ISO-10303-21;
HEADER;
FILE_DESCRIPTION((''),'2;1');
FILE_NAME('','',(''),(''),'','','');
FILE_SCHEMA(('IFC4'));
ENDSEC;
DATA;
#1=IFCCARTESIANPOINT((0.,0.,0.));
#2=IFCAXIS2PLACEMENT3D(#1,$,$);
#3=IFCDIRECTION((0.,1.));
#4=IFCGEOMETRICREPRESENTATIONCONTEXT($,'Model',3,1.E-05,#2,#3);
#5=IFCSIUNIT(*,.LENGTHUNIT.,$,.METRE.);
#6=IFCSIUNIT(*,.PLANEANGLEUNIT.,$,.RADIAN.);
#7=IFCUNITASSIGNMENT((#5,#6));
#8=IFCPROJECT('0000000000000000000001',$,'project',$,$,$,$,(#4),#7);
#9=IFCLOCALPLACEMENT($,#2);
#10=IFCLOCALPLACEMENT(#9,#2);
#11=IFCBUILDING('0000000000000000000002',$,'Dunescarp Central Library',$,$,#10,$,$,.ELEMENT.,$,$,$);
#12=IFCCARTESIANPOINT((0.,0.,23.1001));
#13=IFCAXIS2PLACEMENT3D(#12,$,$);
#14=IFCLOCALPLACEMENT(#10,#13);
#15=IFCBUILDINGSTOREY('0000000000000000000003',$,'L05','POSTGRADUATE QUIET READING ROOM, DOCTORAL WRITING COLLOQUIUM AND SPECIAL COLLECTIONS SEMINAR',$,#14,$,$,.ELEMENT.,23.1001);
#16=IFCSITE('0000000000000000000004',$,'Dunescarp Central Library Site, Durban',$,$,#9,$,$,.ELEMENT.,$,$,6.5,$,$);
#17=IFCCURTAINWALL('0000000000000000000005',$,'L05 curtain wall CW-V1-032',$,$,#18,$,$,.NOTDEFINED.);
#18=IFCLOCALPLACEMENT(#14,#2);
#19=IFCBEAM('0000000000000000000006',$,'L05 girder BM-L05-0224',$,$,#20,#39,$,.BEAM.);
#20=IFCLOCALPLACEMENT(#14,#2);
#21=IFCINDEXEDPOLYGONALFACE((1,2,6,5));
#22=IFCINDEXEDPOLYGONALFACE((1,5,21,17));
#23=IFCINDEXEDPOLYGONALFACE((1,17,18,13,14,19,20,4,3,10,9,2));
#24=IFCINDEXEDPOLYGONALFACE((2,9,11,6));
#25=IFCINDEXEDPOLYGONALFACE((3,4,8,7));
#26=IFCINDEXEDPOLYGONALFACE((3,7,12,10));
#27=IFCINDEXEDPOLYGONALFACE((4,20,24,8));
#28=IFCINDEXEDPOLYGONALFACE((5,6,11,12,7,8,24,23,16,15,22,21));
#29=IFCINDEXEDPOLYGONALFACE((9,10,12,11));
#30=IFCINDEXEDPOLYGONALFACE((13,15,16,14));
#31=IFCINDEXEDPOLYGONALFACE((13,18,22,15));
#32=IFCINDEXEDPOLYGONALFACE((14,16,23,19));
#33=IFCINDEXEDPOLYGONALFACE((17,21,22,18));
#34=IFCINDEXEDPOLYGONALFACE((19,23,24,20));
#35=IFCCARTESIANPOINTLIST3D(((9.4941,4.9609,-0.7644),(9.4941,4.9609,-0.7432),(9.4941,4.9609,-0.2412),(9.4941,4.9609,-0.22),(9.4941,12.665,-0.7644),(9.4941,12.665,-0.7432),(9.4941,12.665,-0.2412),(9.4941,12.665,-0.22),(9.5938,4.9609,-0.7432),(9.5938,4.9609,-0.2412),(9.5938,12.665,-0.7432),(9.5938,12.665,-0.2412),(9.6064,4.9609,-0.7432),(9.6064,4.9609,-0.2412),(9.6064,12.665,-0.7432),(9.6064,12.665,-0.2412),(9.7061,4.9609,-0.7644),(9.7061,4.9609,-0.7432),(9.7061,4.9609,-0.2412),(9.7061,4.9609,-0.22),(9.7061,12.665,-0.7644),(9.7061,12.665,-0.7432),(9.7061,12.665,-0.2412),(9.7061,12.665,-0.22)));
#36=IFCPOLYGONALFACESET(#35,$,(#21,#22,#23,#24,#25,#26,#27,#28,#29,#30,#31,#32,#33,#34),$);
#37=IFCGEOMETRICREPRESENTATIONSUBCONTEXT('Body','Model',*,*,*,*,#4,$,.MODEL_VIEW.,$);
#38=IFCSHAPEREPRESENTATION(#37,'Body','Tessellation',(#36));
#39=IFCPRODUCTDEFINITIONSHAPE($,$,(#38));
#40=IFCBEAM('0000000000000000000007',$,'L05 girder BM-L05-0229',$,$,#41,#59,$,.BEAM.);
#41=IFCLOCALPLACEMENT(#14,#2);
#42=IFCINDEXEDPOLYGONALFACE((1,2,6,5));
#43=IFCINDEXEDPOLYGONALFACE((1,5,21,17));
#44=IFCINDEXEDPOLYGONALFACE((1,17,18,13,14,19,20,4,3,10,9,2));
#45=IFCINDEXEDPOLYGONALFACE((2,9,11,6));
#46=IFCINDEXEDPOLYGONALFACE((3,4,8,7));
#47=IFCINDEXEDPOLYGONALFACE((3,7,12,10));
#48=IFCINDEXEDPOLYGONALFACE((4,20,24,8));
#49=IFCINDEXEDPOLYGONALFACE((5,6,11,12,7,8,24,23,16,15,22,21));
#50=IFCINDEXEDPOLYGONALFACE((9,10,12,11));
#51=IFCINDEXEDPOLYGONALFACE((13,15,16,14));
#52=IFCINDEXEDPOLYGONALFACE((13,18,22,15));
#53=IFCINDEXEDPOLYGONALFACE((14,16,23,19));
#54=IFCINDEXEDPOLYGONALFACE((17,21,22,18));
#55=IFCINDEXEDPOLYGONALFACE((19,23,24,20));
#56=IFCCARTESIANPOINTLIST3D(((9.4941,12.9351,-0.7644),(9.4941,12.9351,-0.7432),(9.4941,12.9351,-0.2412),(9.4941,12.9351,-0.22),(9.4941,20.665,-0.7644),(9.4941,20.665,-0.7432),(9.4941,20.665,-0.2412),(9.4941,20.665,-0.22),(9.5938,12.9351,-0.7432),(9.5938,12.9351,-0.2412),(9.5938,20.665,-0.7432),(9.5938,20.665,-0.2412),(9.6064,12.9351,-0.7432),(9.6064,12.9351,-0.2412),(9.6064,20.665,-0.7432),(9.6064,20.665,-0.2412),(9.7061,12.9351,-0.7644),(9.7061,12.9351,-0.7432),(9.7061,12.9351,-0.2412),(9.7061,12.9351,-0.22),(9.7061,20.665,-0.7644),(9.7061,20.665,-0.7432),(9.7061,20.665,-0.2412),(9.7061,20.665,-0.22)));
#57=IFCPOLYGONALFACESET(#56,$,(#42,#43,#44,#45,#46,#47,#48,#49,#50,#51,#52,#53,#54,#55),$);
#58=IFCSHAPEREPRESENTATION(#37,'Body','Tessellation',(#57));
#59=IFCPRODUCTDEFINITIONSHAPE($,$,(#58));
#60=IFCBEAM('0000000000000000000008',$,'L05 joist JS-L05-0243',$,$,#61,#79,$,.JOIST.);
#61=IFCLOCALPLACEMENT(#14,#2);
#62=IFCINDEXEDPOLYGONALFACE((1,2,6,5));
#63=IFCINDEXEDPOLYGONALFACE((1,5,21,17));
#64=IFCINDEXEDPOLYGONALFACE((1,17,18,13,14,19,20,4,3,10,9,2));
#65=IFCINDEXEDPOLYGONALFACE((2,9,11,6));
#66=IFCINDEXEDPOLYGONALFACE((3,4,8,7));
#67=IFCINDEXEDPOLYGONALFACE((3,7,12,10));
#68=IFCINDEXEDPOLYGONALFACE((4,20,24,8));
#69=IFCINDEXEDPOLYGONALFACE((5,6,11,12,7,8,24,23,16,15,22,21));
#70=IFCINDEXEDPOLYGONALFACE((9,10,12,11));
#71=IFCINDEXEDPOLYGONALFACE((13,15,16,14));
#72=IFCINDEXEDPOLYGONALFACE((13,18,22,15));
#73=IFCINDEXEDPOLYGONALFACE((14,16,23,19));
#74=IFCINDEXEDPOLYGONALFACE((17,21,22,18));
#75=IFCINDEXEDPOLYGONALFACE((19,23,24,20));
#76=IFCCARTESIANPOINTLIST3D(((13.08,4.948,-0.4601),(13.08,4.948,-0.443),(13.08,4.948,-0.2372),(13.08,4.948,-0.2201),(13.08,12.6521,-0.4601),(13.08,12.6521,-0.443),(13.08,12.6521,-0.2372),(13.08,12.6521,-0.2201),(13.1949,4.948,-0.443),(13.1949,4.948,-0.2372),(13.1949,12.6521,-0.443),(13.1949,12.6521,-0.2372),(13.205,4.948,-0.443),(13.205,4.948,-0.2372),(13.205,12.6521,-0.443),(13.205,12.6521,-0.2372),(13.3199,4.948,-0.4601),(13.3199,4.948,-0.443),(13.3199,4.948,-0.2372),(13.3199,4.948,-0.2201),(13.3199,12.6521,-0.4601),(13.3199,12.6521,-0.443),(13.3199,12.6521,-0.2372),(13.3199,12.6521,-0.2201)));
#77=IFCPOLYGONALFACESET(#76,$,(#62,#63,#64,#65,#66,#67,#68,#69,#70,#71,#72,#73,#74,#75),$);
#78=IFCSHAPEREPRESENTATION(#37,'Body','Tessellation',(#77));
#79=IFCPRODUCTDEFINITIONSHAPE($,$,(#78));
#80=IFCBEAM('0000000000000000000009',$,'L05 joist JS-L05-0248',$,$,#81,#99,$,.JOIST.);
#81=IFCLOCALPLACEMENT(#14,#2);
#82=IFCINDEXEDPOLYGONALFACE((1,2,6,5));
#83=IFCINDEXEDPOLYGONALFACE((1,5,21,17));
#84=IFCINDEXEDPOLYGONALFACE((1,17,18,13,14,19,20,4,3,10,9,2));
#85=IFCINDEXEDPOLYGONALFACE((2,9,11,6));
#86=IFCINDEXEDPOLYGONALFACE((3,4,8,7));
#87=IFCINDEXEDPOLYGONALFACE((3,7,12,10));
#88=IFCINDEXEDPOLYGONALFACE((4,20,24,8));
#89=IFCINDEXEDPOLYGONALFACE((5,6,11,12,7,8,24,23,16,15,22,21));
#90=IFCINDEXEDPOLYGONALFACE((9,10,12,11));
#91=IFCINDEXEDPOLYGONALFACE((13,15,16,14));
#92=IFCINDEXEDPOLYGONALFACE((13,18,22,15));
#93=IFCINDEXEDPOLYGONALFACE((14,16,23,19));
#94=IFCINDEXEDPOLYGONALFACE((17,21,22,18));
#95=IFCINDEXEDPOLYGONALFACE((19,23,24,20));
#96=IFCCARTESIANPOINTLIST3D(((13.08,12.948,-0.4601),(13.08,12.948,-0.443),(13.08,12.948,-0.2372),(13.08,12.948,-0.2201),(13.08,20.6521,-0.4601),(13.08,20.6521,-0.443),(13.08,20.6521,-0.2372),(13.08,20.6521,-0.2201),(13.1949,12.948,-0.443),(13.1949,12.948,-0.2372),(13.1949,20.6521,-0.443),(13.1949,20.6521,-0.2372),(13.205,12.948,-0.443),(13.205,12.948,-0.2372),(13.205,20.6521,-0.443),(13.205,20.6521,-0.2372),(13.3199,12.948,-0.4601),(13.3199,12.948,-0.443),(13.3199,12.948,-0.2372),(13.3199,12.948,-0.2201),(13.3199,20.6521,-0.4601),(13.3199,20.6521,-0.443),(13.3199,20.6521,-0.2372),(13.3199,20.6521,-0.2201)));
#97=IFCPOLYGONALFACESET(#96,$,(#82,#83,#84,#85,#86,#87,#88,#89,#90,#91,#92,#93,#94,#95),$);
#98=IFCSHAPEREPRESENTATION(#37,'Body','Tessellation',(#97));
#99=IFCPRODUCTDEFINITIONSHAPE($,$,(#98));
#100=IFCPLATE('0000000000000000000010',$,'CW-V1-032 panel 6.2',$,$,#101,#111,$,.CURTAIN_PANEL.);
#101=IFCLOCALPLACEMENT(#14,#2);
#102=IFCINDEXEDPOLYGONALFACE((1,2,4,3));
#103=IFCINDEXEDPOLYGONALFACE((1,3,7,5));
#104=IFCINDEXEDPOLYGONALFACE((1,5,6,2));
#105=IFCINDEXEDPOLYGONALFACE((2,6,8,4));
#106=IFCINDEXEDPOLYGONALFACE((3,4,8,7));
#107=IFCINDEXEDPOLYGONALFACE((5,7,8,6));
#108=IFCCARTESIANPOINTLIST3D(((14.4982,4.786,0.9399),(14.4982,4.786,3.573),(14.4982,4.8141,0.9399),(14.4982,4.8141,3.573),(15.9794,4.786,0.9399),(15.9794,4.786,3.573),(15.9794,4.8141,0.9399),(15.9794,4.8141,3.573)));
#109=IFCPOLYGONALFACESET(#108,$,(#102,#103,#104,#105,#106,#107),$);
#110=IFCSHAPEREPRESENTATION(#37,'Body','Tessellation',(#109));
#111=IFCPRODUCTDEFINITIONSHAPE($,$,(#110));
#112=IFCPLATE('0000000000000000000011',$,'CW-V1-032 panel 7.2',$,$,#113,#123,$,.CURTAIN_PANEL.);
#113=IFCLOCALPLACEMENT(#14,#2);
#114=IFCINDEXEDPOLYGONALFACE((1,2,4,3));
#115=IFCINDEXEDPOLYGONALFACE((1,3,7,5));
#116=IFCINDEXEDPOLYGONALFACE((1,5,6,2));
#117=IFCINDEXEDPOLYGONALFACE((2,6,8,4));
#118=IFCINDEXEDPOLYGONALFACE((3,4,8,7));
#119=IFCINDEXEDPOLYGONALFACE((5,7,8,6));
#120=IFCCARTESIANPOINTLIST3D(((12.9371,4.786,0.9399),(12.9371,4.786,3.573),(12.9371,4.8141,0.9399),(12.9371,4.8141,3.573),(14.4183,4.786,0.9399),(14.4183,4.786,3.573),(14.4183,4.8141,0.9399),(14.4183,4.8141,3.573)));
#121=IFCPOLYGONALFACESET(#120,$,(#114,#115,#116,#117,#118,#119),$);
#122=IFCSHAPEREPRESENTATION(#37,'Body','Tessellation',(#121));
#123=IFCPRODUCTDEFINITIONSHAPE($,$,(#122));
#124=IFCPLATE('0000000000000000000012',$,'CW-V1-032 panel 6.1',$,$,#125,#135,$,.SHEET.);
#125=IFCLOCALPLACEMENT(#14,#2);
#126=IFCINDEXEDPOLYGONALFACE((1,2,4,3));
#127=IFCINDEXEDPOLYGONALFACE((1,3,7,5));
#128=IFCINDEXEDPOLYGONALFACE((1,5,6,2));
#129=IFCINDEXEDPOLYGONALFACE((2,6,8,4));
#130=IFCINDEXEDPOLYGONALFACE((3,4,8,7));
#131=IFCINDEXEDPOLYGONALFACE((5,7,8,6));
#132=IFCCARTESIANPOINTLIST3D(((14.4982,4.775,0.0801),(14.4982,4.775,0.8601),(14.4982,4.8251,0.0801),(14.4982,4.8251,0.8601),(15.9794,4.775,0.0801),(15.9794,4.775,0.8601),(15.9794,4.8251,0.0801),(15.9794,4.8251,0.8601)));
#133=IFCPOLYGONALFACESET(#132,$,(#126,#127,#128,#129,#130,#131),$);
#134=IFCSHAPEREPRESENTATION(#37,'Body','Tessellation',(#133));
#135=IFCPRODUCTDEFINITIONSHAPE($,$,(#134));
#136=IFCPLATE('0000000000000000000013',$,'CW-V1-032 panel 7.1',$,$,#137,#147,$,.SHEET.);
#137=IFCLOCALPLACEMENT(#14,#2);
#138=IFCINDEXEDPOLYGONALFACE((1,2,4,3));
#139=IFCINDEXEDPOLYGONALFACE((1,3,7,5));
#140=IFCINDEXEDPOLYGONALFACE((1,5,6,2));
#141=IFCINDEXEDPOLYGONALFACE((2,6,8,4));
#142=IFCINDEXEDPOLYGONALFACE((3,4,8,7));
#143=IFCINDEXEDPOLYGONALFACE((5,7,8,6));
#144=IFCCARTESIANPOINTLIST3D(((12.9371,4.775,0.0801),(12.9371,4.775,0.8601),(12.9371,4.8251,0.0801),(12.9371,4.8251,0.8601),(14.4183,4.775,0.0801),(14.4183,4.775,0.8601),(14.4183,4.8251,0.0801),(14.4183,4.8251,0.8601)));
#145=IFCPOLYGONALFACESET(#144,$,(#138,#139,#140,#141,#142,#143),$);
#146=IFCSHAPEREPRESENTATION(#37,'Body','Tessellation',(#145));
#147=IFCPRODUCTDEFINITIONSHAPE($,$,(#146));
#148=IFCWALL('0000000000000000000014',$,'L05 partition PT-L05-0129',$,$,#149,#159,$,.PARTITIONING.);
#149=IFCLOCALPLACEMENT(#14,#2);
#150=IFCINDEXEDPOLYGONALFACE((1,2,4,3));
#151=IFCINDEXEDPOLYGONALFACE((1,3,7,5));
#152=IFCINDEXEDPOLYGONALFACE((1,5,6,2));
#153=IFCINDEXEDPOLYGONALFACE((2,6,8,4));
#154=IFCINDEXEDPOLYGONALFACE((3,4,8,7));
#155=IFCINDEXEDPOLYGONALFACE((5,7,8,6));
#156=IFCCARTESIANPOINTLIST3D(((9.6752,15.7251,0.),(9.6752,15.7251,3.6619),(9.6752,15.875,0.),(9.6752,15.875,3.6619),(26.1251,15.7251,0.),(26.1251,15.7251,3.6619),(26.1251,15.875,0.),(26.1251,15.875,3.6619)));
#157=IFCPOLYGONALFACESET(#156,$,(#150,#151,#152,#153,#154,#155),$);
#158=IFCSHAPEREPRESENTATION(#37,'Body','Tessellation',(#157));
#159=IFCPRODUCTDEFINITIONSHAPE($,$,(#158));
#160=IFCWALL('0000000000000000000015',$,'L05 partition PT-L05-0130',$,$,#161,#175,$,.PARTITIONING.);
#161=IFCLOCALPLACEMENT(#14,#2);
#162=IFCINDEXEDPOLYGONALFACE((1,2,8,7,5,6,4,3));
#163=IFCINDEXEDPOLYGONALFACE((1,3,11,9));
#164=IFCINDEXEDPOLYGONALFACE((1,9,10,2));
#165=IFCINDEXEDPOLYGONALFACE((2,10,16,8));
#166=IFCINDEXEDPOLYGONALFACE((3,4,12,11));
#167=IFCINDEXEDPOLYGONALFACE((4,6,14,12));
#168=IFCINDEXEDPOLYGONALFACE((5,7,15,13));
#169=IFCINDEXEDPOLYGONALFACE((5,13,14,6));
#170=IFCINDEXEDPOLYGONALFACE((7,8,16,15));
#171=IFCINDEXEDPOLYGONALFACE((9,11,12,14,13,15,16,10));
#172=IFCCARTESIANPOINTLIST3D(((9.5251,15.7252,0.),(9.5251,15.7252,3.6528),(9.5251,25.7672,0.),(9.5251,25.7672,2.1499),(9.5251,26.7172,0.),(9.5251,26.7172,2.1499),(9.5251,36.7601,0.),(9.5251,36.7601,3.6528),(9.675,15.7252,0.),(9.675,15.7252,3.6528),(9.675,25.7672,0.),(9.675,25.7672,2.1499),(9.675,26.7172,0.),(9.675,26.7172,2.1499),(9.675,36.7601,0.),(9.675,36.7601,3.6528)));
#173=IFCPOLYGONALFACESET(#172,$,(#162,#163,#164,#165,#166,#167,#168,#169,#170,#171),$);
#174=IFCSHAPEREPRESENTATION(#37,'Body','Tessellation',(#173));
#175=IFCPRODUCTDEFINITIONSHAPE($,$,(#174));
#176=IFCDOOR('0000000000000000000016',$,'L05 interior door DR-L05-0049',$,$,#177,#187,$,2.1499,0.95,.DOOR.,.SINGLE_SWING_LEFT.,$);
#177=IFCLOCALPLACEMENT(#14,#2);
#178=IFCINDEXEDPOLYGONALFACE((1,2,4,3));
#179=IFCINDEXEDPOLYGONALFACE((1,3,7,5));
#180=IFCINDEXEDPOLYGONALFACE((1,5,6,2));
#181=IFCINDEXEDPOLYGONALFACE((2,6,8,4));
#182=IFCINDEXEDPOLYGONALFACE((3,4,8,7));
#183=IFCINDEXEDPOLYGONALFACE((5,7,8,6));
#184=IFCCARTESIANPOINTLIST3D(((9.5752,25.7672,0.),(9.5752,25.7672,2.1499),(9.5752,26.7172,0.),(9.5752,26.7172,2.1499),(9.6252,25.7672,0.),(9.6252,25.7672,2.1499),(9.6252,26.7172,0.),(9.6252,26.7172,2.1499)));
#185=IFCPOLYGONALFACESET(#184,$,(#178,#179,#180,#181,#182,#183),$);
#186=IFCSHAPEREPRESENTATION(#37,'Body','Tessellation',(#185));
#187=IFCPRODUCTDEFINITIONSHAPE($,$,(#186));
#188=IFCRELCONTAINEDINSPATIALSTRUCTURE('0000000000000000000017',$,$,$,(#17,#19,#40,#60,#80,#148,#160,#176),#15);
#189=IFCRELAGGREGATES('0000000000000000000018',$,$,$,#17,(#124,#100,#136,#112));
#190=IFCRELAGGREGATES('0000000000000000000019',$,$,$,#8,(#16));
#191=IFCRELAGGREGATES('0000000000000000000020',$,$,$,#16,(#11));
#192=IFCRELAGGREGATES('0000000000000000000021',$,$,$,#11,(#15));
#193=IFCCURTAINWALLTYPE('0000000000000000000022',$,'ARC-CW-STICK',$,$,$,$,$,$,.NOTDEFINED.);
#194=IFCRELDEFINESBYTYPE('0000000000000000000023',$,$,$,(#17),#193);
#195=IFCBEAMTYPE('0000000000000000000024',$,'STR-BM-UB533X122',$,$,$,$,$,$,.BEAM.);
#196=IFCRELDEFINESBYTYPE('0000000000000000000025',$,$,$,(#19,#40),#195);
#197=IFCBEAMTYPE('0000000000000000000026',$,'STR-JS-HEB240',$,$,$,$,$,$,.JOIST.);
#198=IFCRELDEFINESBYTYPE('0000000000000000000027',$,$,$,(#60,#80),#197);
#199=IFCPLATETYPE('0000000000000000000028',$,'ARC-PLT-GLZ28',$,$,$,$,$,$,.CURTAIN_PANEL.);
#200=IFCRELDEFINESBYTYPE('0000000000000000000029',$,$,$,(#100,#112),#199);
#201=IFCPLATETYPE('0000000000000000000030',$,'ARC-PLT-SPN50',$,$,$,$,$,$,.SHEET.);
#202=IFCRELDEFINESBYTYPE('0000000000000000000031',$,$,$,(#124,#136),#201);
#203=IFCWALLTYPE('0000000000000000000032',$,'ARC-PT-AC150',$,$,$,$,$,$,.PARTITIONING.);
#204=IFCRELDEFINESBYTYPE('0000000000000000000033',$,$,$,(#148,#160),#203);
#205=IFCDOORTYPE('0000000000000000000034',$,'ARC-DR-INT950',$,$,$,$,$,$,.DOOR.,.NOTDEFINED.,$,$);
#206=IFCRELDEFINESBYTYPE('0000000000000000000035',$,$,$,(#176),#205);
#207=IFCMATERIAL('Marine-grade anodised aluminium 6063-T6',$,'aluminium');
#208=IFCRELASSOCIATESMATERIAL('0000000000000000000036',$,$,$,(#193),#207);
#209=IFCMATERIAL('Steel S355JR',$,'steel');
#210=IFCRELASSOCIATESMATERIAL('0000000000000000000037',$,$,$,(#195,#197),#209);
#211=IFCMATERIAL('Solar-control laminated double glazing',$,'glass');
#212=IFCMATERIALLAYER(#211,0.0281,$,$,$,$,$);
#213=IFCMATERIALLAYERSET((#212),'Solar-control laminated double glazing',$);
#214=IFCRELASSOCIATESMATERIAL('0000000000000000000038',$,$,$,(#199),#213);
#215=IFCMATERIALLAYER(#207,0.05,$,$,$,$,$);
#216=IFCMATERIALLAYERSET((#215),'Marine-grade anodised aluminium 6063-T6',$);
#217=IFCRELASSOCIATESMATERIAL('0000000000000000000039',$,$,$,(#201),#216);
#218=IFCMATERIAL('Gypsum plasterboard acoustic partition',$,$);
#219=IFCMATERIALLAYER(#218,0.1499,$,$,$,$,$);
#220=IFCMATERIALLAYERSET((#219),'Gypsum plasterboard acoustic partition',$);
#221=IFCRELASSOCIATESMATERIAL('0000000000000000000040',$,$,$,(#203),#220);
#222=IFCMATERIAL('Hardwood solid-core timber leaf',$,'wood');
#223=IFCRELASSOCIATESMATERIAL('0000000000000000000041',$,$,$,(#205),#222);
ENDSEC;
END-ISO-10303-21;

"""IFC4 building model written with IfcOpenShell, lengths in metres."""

from ifc_helpers import new_model, si_unit, direction, frame, frame_2d, origin, origin_2d, place, context, subcontext, project, spatial, rectangle, i_section, extrude, material, layer, layer_set, material_profile, profile_set, type_object, element, fill, aggregate, save


model = new_model("IFC4")

# Units and contexts
model_context = context("Model", 3, precision=1e-05, world=origin(), true_north=direction((0.0, 1.0)))
body_context = subcontext(model_context, "Body", "Model", "MODEL_VIEW")
ifc_project = project(units=[si_unit("LENGTHUNIT", "METRE"), si_unit("PLANEANGLEUNIT", "RADIAN")], contexts=[model_context])

# Site, building, storey
site_placement = place(None, origin())
site = spatial("IfcSite", under=ifc_project, at=site_placement, Name="Dunescarp Central Library Site, Durban", CompositionType="ELEMENT", RefElevation=6.5)
building_placement = place(site_placement, origin())
building = spatial("IfcBuilding", under=site, at=building_placement, Name="Dunescarp Central Library", CompositionType="ELEMENT")
storey_placement = place(building_placement, frame((0.0, 0.0, 23.1001)))
storey = spatial("IfcBuildingStorey", under=building, at=storey_placement, Name="L05", Description="POSTGRADUATE QUIET READING ROOM, DOCTORAL WRITING COLLOQUIUM AND SPECIAL COLLECTIONS SEMINAR", CompositionType="ELEMENT", Elevation=23.1001)

# Shared definitions
ifc_material_1 = material(Name="Steel S355JR", Category="steel")

# Curtain wall
ifc_material_2 = material(Name="Marine-grade anodised aluminium 6063-T6", Category="aluminium")
curtain_wall_type = type_object("IfcCurtainWallType", Name="ARC-CW-STICK", PredefinedType="NOTDEFINED", material=ifc_material_2)
curtain_wall_placement = place(storey_placement, origin())
curtain_wall = element("IfcCurtainWall", 1, at=curtain_wall_placement, inside=storey, type_object=curtain_wall_type, Name="L05 curtain wall CW-V1-032", PredefinedType="NOTDEFINED")

# Beams
ifc_material_profile_1 = material_profile(ifc_material_1, i_section(OverallWidth=0.2119, OverallDepth=0.5444, WebThickness=0.0127, FlangeThickness=0.0212, at=origin_2d()), Name="UB 533x210x122")
ifc_profile_set_1 = profile_set([ifc_material_profile_1], Name="Steel S355JR")
beam_type_1 = type_object("IfcBeamType", Name="STR-BM-UB533X122", PredefinedType="BEAM", material=ifc_profile_set_1)
beam_1_placement = place(storey_placement, frame((9.6001, 4.9609, -0.4922), z_axis=(0.0, 1.0, 0.0), x_axis=(-1.0, 0.0, 0.0)))
element("IfcBeam", 2, at=beam_1_placement, inside=storey, type_object=beam_type_1, Name="L05 girder BM-L05-0224", PredefinedType="BEAM", context=body_context, shape_type="SweptSolid", body=[
    extrude(i_section(OverallWidth=0.2119, OverallDepth=0.5444, WebThickness=0.0127, FlangeThickness=0.0212, at=origin_2d()), origin(), (0.0, 0.0, 1.0), 7.7041),
])
beam_2_placement = place(storey_placement, frame((9.6001, 12.9351, -0.4922), z_axis=(0.0, 1.0, 0.0), x_axis=(-1.0, 0.0, 0.0)))
element("IfcBeam", 3, at=beam_2_placement, inside=storey, type_object=beam_type_1, Name="L05 girder BM-L05-0229", PredefinedType="BEAM", context=body_context, shape_type="SweptSolid", body=[
    extrude(i_section(OverallWidth=0.2119, OverallDepth=0.5444, WebThickness=0.0127, FlangeThickness=0.0212, at=origin_2d()), origin(), (0.0, 0.0, 1.0), 7.73),
])
ifc_material_profile_2 = material_profile(ifc_material_1, i_section(OverallWidth=0.24, OverallDepth=0.24, WebThickness=0.01, FlangeThickness=0.0171, at=origin_2d()), Name="HEB 240")
ifc_profile_set_2 = profile_set([ifc_material_profile_2], Name="Steel S355JR")
beam_type_2 = type_object("IfcBeamType", Name="STR-JS-HEB240", PredefinedType="JOIST", material=ifc_profile_set_2)
for number, where, z_axis, x_axis, name in (
    (4, (13.2, 4.948, -0.3401), (0.0, 1.0, 0.0), (-1.0, 0.0, 0.0), "L05 joist JS-L05-0243"),
    (5, (13.2, 12.948, -0.3401), (0.0, 1.0, 0.0), (-1.0, 0.0, 0.0), "L05 joist JS-L05-0248"),
):
    element("IfcBeam", number, at=place(storey_placement, frame(where, z_axis=z_axis, x_axis=x_axis)), inside=storey, type_object=beam_type_2, Name=name, PredefinedType="JOIST", context=body_context, shape_type="SweptSolid", body=[
        extrude(i_section(OverallWidth=0.24, OverallDepth=0.24, WebThickness=0.01, FlangeThickness=0.0171, at=origin_2d()), origin(), (0.0, 0.0, 1.0), 7.7041),
    ])

# Plates
ifc_material_3 = material(Name="Solar-control laminated double glazing", Category="glass")
ifc_layer_1 = layer(ifc_material_3, 0.0281)
ifc_layer_set_1 = layer_set([ifc_layer_1], Name="Solar-control laminated double glazing")
plate_type_1 = type_object("IfcPlateType", Name="ARC-PLT-GLZ28", PredefinedType="CURTAIN_PANEL", material=ifc_layer_set_1)
plate_1_placement = place(storey_placement, frame((15.2388, 4.8, 0.9399), z_axis=(0.0, 0.0, 1.0), x_axis=(-1.0, 0.0, 0.0)))
plate_1 = element("IfcPlate", 6, at=plate_1_placement, type_object=plate_type_1, Name="CW-V1-032 panel 6.2", PredefinedType="CURTAIN_PANEL", context=body_context, shape_type="SweptSolid", body=[
    extrude(rectangle(XDim=1.4812, YDim=0.0281, at=origin_2d()), origin(), (0.0, 0.0, 1.0), 2.6331),
])
plate_2_placement = place(storey_placement, frame((13.6777, 4.8, 0.9399), z_axis=(0.0, 0.0, 1.0), x_axis=(-1.0, 0.0, 0.0)))
plate_2 = element("IfcPlate", 7, at=plate_2_placement, type_object=plate_type_1, Name="CW-V1-032 panel 7.2", PredefinedType="CURTAIN_PANEL", context=body_context, shape_type="SweptSolid", body=[
    extrude(rectangle(XDim=1.4812, YDim=0.0281, at=origin_2d()), origin(), (0.0, 0.0, 1.0), 2.6331),
])
ifc_layer_2 = layer(ifc_material_2, 0.05)
ifc_layer_set_2 = layer_set([ifc_layer_2], Name="Marine-grade anodised aluminium 6063-T6")
plate_type_2 = type_object("IfcPlateType", Name="ARC-PLT-SPN50", PredefinedType="SHEET", material=ifc_layer_set_2)
plate_3_placement = place(storey_placement, frame((15.2388, 4.8, 0.0801), z_axis=(0.0, 0.0, 1.0), x_axis=(-1.0, 0.0, 0.0)))
plate_3 = element("IfcPlate", 8, at=plate_3_placement, type_object=plate_type_2, Name="CW-V1-032 panel 6.1", PredefinedType="SHEET", context=body_context, shape_type="SweptSolid", body=[
    extrude(rectangle(XDim=1.4812, YDim=0.05, at=origin_2d()), origin(), (0.0, 0.0, 1.0), 0.78),
])
plate_4_placement = place(storey_placement, frame((13.6777, 4.8, 0.0801), z_axis=(0.0, 0.0, 1.0), x_axis=(-1.0, 0.0, 0.0)))
plate_4 = element("IfcPlate", 9, at=plate_4_placement, type_object=plate_type_2, Name="CW-V1-032 panel 7.1", PredefinedType="SHEET", context=body_context, shape_type="SweptSolid", body=[
    extrude(rectangle(XDim=1.4812, YDim=0.05, at=origin_2d()), origin(), (0.0, 0.0, 1.0), 0.78),
])
aggregate(curtain_wall, [plate_3, plate_1, plate_4, plate_2])

# Wall
ifc_material_4 = material(Name="Gypsum plasterboard acoustic partition")
ifc_layer_3 = layer(ifc_material_4, 0.1499)
ifc_layer_set_3 = layer_set([ifc_layer_3], Name="Gypsum plasterboard acoustic partition")
wall_type = type_object("IfcWallType", Name="ARC-PT-AC150", PredefinedType="PARTITIONING", material=ifc_layer_set_3)
wall_1_placement = place(storey_placement, frame((9.675, 15.8, 0.0), z_axis=(0.0, 0.0, 1.0), x_axis=(1.0, 0.0, 0.0)))
element("IfcWall", 10, at=wall_1_placement, inside=storey, type_object=wall_type, Name="L05 partition PT-L05-0129", PredefinedType="PARTITIONING", context=body_context, shape_type="SweptSolid", body=[
    extrude(rectangle(XDim=16.45, YDim=0.1499, at=frame_2d((8.2251, 0.0))), origin(), (0.0, 0.0, 1.0), 3.6619),
])

# Wall, opening, door
wall_2_placement = place(storey_placement, frame((9.6001, 15.7251, 0.0), z_axis=(0.0, 0.0, 1.0), x_axis=(0.0, 1.0, 0.0)))
wall_2 = element("IfcWall", 11, at=wall_2_placement, inside=storey, type_object=wall_type, Name="L05 partition PT-L05-0130", PredefinedType="PARTITIONING", context=body_context, shape_type="SweptSolid", body=[
    extrude(rectangle(XDim=21.0349, YDim=0.1499, at=frame_2d((10.5176, 0.0))), origin(), (0.0, 0.0, 1.0), 3.6528),
])
opening_placement = place(wall_2_placement, frame((10.042, 0.0, 0.0)))
opening = element("IfcOpeningElement", 12, at=opening_placement, cuts=wall_2, PredefinedType="OPENING", context=body_context, shape_type="SweptSolid", body=[
    extrude(rectangle(XDim=0.95, YDim=2.1499, at=frame_2d((0.4751, 1.075))), frame((0.0, 0.085, 0.0), z_axis=(0.0, -1.0, 0.0), x_axis=(1.0, 0.0, 0.0)), (0.0, 0.0, 1.0), 0.1699),
])
ifc_material_5 = material(Name="Hardwood solid-core timber leaf", Category="wood")
door_type = type_object("IfcDoorType", Name="ARC-DR-INT950", OperationType="NOTDEFINED", PredefinedType="DOOR", material=ifc_material_5)
door_placement = place(opening_placement, origin())
door = element("IfcDoor", 13, at=door_placement, inside=storey, type_object=door_type, Name="L05 interior door DR-L05-0049", OperationType="SINGLE_SWING_LEFT", OverallHeight=2.1499, OverallWidth=0.95, PredefinedType="DOOR", context=body_context, shape_type="SweptSolid", body=[
    extrude(rectangle(XDim=0.95, YDim=2.1499, at=frame_2d((0.4751, 1.075))), frame((0.0, 0.0249, 0.0), z_axis=(0.0, -1.0, 0.0), x_axis=(1.0, 0.0, 0.0)), (0.0, 0.0, 1.0), 0.05),
])
fill(opening, door)

save(model, "model.ifc")
